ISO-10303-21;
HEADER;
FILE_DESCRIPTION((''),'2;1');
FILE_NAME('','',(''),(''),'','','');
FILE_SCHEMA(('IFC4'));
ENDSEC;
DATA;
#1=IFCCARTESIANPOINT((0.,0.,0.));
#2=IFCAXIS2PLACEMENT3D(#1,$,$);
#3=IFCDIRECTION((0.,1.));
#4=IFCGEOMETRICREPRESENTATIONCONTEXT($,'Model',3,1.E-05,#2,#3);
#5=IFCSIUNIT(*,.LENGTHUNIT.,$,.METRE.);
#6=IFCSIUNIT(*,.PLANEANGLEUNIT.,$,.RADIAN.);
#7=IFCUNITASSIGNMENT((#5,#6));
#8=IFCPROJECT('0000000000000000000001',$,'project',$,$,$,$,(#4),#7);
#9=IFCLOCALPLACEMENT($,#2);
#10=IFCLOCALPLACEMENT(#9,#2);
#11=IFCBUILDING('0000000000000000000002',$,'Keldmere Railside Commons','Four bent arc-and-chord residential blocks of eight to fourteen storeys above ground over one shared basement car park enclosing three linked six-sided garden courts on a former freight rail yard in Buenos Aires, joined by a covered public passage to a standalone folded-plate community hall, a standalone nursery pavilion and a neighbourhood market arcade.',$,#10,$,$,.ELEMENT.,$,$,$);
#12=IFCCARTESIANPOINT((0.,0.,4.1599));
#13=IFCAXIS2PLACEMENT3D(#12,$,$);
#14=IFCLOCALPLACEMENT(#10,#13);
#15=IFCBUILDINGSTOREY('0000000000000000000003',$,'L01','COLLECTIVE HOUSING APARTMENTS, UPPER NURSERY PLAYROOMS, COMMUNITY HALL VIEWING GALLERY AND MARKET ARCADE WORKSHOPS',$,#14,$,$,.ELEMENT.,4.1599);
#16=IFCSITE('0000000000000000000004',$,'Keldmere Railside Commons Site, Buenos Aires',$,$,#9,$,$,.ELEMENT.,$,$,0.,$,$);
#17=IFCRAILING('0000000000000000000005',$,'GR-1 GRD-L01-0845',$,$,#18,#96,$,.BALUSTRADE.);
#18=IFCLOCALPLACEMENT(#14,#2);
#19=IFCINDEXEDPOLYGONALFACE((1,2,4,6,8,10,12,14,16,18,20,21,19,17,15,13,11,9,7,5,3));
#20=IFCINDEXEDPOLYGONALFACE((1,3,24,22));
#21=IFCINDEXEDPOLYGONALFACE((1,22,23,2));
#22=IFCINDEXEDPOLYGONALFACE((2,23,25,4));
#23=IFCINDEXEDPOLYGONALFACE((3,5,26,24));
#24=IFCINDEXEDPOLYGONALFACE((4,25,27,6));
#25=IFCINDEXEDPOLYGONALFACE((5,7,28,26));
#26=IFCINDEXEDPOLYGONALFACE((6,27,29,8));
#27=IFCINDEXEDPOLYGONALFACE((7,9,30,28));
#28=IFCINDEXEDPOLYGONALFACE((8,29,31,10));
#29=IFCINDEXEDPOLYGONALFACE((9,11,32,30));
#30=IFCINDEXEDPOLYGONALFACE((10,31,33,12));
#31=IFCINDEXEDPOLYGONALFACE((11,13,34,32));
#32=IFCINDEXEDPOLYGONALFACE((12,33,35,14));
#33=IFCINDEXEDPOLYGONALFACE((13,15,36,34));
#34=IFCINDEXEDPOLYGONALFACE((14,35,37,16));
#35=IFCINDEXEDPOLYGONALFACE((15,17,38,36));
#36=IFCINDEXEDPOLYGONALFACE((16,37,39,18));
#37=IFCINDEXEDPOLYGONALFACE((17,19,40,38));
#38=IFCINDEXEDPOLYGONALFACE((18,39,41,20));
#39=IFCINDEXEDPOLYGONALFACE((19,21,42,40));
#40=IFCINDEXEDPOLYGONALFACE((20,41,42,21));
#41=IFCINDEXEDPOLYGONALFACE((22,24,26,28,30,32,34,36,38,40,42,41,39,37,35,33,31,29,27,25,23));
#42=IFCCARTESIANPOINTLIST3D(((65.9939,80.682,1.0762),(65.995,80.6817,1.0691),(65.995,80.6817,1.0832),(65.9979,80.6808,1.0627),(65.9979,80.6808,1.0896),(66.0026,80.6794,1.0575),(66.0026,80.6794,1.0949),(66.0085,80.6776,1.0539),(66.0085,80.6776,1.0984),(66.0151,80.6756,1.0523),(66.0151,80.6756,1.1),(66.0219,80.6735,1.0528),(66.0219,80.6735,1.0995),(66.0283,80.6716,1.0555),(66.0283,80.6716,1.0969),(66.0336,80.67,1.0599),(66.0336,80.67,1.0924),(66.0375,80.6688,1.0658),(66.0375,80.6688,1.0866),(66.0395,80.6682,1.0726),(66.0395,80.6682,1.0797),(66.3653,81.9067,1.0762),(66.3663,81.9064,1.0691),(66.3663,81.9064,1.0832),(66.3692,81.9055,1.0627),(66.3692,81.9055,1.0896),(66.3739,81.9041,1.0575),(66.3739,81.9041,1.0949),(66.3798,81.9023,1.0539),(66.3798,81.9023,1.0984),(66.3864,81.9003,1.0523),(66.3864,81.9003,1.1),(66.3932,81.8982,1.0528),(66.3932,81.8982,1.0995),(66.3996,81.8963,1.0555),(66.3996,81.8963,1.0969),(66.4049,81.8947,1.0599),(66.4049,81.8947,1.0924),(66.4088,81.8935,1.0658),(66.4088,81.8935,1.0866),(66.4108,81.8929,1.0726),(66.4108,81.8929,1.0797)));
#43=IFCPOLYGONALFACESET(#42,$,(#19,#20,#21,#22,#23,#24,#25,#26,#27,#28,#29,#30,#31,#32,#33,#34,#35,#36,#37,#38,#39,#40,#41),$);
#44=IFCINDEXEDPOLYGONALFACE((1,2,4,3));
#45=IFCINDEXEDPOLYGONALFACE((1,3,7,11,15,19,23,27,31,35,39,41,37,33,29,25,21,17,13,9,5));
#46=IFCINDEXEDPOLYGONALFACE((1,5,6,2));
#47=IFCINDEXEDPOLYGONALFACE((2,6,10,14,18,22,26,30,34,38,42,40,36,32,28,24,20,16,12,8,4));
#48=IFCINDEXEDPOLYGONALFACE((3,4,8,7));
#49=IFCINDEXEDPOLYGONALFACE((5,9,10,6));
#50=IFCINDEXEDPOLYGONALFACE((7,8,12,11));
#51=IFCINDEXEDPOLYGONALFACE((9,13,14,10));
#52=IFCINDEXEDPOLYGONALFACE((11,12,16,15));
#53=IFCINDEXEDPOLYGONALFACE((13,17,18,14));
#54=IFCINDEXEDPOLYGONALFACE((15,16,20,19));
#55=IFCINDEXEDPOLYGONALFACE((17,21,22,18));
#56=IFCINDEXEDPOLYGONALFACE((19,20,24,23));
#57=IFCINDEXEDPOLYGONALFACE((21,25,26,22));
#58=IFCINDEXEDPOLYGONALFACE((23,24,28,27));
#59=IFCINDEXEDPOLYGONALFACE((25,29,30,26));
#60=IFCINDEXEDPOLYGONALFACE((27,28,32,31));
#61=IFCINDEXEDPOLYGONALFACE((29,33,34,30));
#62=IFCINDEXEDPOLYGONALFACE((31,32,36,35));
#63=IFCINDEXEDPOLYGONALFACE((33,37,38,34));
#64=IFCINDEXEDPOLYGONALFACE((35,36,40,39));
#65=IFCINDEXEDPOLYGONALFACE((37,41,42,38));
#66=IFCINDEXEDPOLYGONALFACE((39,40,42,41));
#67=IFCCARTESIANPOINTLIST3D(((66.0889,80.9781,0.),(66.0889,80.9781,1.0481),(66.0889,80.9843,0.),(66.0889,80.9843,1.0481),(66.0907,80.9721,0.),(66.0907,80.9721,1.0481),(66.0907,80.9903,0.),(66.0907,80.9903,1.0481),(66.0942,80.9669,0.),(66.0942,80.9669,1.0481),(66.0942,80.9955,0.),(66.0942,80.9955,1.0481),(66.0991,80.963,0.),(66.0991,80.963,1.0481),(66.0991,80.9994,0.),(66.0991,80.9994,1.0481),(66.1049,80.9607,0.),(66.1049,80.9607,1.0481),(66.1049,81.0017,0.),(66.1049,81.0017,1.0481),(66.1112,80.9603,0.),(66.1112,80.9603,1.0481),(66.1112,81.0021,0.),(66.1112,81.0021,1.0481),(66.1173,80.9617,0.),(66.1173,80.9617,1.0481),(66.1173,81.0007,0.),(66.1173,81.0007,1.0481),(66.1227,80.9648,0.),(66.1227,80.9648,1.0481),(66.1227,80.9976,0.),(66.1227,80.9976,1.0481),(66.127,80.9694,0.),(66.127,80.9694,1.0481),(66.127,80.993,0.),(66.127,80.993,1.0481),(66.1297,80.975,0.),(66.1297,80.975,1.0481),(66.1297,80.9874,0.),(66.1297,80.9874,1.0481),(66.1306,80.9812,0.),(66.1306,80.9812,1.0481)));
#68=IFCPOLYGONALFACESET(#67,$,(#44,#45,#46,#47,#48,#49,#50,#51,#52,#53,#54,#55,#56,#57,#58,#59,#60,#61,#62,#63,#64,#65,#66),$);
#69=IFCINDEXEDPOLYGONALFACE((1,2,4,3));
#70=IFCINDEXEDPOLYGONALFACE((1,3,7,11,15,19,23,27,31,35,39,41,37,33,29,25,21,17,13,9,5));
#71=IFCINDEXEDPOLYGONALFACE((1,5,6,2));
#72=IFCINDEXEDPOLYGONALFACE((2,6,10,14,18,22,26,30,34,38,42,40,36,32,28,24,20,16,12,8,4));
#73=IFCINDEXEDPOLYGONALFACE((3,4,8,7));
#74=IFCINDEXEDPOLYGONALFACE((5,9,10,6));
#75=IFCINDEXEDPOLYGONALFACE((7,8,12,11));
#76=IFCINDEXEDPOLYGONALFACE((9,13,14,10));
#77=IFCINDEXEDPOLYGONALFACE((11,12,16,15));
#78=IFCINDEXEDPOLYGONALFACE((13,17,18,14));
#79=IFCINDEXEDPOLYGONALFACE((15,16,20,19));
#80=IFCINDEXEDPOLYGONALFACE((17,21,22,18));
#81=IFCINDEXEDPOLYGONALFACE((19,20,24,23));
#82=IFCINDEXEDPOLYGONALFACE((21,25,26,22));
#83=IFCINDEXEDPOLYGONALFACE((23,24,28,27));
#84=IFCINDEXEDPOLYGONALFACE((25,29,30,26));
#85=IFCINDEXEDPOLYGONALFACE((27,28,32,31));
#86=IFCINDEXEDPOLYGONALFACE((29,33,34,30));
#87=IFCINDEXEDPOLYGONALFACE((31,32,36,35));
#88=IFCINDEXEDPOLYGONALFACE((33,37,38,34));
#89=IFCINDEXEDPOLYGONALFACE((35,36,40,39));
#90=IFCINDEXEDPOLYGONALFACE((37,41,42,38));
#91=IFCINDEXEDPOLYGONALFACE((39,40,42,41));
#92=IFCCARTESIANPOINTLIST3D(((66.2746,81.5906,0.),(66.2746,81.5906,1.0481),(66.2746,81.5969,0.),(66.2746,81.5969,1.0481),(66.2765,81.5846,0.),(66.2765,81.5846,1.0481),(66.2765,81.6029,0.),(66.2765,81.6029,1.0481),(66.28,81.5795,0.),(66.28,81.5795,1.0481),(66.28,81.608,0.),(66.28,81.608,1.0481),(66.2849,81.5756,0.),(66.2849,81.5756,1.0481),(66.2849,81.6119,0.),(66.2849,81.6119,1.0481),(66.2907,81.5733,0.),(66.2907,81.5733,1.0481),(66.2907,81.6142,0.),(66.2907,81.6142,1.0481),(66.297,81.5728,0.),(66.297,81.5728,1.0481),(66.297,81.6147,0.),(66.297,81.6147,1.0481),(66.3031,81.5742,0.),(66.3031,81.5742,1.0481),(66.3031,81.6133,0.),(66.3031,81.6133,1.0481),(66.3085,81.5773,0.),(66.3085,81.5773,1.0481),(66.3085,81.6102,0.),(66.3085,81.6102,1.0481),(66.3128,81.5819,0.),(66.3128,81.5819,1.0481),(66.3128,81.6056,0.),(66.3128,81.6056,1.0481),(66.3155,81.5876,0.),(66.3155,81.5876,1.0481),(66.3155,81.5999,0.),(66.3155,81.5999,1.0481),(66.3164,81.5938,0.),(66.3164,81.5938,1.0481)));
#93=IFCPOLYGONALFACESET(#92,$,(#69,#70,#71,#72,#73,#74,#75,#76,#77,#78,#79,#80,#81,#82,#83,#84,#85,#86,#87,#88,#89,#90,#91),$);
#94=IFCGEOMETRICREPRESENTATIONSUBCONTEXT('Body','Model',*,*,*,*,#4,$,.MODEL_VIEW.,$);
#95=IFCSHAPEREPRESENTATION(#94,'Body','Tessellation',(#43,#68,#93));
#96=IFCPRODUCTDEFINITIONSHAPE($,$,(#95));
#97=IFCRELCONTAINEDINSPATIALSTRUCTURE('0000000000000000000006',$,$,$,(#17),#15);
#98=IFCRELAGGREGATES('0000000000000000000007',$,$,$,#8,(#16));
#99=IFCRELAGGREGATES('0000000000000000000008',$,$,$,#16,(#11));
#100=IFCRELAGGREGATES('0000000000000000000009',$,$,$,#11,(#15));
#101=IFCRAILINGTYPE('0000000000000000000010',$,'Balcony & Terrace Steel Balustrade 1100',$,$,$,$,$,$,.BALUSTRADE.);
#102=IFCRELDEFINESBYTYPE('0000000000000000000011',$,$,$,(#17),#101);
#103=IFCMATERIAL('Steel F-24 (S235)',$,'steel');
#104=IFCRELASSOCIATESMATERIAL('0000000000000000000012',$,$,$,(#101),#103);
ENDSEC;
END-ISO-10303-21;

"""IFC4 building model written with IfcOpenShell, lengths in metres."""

from ifc_helpers import new_model, si_unit, direction, frame, origin, origin_2d, place, context, subcontext, project, spatial, circle, extrude, material, type_object, element, save


model = new_model("IFC4")

# Units and contexts
model_context = context("Model", 3, precision=1e-05, world=origin(), true_north=direction((0.0, 1.0)))
body_context = subcontext(model_context, "Body", "Model", "MODEL_VIEW")
ifc_project = project(units=[si_unit("LENGTHUNIT", "METRE"), si_unit("PLANEANGLEUNIT", "RADIAN")], contexts=[model_context])

# Site, building, storey
site_placement = place(None, origin())
site = spatial("IfcSite", under=ifc_project, at=site_placement, Name="Keldmere Railside Commons Site, Buenos Aires", CompositionType="ELEMENT", RefElevation=0.0)
building_placement = place(site_placement, origin())
building = spatial("IfcBuilding", under=site, at=building_placement, Name="Keldmere Railside Commons", Description="Four bent arc-and-chord residential blocks of eight to fourteen storeys above ground over one shared basement car park enclosing three linked six-sided garden courts on a former freight rail yard in Buenos Aires, joined by a covered public passage to a standalone folded-plate community hall, a standalone nursery pavilion and a neighbourhood market arcade.", CompositionType="ELEMENT")
storey_placement = place(building_placement, frame((0.0, 0.0, 4.1599)))
storey = spatial("IfcBuildingStorey", under=building, at=storey_placement, Name="L01", Description="COLLECTIVE HOUSING APARTMENTS, UPPER NURSERY PLAYROOMS, COMMUNITY HALL VIEWING GALLERY AND MARKET ARCADE WORKSHOPS", CompositionType="ELEMENT", Elevation=4.1599)

# Railing
ifc_material_1 = material(Name="Steel F-24 (S235)", Category="steel")
railing_type = type_object("IfcRailingType", Name="Balcony & Terrace Steel Balustrade 1100", PredefinedType="BALUSTRADE", material=ifc_material_1)
railing_1_placement = place(storey_placement, frame((66.0168, 80.675, 0.0)))
element("IfcRailing", 1, at=railing_1_placement, inside=storey, type_object=railing_type, Name="GR-1 GRD-L01-0845", PredefinedType="BALUSTRADE", context=body_context, shape_type="SweptSolid", body=[
    extrude(circle(Radius=0.0239, at=origin_2d()), frame((0.0, 0.0, 1.0762), z_axis=(0.290129, 0.956987, 0.0), x_axis=(-0.956987, 0.290129, 0.0)), (0.0, 0.0, 1.0), 1.2798),
    extrude(circle(Radius=0.021, at=origin_2d()), frame((0.0928, 0.3062, 0.0)), (0.0, 0.0, 1.0), 1.0481),
    extrude(circle(Radius=0.021, at=origin_2d()), frame((0.2786, 0.9187, 0.0)), (0.0, 0.0, 1.0), 1.0481),
])

save(model, "model.ifc")
